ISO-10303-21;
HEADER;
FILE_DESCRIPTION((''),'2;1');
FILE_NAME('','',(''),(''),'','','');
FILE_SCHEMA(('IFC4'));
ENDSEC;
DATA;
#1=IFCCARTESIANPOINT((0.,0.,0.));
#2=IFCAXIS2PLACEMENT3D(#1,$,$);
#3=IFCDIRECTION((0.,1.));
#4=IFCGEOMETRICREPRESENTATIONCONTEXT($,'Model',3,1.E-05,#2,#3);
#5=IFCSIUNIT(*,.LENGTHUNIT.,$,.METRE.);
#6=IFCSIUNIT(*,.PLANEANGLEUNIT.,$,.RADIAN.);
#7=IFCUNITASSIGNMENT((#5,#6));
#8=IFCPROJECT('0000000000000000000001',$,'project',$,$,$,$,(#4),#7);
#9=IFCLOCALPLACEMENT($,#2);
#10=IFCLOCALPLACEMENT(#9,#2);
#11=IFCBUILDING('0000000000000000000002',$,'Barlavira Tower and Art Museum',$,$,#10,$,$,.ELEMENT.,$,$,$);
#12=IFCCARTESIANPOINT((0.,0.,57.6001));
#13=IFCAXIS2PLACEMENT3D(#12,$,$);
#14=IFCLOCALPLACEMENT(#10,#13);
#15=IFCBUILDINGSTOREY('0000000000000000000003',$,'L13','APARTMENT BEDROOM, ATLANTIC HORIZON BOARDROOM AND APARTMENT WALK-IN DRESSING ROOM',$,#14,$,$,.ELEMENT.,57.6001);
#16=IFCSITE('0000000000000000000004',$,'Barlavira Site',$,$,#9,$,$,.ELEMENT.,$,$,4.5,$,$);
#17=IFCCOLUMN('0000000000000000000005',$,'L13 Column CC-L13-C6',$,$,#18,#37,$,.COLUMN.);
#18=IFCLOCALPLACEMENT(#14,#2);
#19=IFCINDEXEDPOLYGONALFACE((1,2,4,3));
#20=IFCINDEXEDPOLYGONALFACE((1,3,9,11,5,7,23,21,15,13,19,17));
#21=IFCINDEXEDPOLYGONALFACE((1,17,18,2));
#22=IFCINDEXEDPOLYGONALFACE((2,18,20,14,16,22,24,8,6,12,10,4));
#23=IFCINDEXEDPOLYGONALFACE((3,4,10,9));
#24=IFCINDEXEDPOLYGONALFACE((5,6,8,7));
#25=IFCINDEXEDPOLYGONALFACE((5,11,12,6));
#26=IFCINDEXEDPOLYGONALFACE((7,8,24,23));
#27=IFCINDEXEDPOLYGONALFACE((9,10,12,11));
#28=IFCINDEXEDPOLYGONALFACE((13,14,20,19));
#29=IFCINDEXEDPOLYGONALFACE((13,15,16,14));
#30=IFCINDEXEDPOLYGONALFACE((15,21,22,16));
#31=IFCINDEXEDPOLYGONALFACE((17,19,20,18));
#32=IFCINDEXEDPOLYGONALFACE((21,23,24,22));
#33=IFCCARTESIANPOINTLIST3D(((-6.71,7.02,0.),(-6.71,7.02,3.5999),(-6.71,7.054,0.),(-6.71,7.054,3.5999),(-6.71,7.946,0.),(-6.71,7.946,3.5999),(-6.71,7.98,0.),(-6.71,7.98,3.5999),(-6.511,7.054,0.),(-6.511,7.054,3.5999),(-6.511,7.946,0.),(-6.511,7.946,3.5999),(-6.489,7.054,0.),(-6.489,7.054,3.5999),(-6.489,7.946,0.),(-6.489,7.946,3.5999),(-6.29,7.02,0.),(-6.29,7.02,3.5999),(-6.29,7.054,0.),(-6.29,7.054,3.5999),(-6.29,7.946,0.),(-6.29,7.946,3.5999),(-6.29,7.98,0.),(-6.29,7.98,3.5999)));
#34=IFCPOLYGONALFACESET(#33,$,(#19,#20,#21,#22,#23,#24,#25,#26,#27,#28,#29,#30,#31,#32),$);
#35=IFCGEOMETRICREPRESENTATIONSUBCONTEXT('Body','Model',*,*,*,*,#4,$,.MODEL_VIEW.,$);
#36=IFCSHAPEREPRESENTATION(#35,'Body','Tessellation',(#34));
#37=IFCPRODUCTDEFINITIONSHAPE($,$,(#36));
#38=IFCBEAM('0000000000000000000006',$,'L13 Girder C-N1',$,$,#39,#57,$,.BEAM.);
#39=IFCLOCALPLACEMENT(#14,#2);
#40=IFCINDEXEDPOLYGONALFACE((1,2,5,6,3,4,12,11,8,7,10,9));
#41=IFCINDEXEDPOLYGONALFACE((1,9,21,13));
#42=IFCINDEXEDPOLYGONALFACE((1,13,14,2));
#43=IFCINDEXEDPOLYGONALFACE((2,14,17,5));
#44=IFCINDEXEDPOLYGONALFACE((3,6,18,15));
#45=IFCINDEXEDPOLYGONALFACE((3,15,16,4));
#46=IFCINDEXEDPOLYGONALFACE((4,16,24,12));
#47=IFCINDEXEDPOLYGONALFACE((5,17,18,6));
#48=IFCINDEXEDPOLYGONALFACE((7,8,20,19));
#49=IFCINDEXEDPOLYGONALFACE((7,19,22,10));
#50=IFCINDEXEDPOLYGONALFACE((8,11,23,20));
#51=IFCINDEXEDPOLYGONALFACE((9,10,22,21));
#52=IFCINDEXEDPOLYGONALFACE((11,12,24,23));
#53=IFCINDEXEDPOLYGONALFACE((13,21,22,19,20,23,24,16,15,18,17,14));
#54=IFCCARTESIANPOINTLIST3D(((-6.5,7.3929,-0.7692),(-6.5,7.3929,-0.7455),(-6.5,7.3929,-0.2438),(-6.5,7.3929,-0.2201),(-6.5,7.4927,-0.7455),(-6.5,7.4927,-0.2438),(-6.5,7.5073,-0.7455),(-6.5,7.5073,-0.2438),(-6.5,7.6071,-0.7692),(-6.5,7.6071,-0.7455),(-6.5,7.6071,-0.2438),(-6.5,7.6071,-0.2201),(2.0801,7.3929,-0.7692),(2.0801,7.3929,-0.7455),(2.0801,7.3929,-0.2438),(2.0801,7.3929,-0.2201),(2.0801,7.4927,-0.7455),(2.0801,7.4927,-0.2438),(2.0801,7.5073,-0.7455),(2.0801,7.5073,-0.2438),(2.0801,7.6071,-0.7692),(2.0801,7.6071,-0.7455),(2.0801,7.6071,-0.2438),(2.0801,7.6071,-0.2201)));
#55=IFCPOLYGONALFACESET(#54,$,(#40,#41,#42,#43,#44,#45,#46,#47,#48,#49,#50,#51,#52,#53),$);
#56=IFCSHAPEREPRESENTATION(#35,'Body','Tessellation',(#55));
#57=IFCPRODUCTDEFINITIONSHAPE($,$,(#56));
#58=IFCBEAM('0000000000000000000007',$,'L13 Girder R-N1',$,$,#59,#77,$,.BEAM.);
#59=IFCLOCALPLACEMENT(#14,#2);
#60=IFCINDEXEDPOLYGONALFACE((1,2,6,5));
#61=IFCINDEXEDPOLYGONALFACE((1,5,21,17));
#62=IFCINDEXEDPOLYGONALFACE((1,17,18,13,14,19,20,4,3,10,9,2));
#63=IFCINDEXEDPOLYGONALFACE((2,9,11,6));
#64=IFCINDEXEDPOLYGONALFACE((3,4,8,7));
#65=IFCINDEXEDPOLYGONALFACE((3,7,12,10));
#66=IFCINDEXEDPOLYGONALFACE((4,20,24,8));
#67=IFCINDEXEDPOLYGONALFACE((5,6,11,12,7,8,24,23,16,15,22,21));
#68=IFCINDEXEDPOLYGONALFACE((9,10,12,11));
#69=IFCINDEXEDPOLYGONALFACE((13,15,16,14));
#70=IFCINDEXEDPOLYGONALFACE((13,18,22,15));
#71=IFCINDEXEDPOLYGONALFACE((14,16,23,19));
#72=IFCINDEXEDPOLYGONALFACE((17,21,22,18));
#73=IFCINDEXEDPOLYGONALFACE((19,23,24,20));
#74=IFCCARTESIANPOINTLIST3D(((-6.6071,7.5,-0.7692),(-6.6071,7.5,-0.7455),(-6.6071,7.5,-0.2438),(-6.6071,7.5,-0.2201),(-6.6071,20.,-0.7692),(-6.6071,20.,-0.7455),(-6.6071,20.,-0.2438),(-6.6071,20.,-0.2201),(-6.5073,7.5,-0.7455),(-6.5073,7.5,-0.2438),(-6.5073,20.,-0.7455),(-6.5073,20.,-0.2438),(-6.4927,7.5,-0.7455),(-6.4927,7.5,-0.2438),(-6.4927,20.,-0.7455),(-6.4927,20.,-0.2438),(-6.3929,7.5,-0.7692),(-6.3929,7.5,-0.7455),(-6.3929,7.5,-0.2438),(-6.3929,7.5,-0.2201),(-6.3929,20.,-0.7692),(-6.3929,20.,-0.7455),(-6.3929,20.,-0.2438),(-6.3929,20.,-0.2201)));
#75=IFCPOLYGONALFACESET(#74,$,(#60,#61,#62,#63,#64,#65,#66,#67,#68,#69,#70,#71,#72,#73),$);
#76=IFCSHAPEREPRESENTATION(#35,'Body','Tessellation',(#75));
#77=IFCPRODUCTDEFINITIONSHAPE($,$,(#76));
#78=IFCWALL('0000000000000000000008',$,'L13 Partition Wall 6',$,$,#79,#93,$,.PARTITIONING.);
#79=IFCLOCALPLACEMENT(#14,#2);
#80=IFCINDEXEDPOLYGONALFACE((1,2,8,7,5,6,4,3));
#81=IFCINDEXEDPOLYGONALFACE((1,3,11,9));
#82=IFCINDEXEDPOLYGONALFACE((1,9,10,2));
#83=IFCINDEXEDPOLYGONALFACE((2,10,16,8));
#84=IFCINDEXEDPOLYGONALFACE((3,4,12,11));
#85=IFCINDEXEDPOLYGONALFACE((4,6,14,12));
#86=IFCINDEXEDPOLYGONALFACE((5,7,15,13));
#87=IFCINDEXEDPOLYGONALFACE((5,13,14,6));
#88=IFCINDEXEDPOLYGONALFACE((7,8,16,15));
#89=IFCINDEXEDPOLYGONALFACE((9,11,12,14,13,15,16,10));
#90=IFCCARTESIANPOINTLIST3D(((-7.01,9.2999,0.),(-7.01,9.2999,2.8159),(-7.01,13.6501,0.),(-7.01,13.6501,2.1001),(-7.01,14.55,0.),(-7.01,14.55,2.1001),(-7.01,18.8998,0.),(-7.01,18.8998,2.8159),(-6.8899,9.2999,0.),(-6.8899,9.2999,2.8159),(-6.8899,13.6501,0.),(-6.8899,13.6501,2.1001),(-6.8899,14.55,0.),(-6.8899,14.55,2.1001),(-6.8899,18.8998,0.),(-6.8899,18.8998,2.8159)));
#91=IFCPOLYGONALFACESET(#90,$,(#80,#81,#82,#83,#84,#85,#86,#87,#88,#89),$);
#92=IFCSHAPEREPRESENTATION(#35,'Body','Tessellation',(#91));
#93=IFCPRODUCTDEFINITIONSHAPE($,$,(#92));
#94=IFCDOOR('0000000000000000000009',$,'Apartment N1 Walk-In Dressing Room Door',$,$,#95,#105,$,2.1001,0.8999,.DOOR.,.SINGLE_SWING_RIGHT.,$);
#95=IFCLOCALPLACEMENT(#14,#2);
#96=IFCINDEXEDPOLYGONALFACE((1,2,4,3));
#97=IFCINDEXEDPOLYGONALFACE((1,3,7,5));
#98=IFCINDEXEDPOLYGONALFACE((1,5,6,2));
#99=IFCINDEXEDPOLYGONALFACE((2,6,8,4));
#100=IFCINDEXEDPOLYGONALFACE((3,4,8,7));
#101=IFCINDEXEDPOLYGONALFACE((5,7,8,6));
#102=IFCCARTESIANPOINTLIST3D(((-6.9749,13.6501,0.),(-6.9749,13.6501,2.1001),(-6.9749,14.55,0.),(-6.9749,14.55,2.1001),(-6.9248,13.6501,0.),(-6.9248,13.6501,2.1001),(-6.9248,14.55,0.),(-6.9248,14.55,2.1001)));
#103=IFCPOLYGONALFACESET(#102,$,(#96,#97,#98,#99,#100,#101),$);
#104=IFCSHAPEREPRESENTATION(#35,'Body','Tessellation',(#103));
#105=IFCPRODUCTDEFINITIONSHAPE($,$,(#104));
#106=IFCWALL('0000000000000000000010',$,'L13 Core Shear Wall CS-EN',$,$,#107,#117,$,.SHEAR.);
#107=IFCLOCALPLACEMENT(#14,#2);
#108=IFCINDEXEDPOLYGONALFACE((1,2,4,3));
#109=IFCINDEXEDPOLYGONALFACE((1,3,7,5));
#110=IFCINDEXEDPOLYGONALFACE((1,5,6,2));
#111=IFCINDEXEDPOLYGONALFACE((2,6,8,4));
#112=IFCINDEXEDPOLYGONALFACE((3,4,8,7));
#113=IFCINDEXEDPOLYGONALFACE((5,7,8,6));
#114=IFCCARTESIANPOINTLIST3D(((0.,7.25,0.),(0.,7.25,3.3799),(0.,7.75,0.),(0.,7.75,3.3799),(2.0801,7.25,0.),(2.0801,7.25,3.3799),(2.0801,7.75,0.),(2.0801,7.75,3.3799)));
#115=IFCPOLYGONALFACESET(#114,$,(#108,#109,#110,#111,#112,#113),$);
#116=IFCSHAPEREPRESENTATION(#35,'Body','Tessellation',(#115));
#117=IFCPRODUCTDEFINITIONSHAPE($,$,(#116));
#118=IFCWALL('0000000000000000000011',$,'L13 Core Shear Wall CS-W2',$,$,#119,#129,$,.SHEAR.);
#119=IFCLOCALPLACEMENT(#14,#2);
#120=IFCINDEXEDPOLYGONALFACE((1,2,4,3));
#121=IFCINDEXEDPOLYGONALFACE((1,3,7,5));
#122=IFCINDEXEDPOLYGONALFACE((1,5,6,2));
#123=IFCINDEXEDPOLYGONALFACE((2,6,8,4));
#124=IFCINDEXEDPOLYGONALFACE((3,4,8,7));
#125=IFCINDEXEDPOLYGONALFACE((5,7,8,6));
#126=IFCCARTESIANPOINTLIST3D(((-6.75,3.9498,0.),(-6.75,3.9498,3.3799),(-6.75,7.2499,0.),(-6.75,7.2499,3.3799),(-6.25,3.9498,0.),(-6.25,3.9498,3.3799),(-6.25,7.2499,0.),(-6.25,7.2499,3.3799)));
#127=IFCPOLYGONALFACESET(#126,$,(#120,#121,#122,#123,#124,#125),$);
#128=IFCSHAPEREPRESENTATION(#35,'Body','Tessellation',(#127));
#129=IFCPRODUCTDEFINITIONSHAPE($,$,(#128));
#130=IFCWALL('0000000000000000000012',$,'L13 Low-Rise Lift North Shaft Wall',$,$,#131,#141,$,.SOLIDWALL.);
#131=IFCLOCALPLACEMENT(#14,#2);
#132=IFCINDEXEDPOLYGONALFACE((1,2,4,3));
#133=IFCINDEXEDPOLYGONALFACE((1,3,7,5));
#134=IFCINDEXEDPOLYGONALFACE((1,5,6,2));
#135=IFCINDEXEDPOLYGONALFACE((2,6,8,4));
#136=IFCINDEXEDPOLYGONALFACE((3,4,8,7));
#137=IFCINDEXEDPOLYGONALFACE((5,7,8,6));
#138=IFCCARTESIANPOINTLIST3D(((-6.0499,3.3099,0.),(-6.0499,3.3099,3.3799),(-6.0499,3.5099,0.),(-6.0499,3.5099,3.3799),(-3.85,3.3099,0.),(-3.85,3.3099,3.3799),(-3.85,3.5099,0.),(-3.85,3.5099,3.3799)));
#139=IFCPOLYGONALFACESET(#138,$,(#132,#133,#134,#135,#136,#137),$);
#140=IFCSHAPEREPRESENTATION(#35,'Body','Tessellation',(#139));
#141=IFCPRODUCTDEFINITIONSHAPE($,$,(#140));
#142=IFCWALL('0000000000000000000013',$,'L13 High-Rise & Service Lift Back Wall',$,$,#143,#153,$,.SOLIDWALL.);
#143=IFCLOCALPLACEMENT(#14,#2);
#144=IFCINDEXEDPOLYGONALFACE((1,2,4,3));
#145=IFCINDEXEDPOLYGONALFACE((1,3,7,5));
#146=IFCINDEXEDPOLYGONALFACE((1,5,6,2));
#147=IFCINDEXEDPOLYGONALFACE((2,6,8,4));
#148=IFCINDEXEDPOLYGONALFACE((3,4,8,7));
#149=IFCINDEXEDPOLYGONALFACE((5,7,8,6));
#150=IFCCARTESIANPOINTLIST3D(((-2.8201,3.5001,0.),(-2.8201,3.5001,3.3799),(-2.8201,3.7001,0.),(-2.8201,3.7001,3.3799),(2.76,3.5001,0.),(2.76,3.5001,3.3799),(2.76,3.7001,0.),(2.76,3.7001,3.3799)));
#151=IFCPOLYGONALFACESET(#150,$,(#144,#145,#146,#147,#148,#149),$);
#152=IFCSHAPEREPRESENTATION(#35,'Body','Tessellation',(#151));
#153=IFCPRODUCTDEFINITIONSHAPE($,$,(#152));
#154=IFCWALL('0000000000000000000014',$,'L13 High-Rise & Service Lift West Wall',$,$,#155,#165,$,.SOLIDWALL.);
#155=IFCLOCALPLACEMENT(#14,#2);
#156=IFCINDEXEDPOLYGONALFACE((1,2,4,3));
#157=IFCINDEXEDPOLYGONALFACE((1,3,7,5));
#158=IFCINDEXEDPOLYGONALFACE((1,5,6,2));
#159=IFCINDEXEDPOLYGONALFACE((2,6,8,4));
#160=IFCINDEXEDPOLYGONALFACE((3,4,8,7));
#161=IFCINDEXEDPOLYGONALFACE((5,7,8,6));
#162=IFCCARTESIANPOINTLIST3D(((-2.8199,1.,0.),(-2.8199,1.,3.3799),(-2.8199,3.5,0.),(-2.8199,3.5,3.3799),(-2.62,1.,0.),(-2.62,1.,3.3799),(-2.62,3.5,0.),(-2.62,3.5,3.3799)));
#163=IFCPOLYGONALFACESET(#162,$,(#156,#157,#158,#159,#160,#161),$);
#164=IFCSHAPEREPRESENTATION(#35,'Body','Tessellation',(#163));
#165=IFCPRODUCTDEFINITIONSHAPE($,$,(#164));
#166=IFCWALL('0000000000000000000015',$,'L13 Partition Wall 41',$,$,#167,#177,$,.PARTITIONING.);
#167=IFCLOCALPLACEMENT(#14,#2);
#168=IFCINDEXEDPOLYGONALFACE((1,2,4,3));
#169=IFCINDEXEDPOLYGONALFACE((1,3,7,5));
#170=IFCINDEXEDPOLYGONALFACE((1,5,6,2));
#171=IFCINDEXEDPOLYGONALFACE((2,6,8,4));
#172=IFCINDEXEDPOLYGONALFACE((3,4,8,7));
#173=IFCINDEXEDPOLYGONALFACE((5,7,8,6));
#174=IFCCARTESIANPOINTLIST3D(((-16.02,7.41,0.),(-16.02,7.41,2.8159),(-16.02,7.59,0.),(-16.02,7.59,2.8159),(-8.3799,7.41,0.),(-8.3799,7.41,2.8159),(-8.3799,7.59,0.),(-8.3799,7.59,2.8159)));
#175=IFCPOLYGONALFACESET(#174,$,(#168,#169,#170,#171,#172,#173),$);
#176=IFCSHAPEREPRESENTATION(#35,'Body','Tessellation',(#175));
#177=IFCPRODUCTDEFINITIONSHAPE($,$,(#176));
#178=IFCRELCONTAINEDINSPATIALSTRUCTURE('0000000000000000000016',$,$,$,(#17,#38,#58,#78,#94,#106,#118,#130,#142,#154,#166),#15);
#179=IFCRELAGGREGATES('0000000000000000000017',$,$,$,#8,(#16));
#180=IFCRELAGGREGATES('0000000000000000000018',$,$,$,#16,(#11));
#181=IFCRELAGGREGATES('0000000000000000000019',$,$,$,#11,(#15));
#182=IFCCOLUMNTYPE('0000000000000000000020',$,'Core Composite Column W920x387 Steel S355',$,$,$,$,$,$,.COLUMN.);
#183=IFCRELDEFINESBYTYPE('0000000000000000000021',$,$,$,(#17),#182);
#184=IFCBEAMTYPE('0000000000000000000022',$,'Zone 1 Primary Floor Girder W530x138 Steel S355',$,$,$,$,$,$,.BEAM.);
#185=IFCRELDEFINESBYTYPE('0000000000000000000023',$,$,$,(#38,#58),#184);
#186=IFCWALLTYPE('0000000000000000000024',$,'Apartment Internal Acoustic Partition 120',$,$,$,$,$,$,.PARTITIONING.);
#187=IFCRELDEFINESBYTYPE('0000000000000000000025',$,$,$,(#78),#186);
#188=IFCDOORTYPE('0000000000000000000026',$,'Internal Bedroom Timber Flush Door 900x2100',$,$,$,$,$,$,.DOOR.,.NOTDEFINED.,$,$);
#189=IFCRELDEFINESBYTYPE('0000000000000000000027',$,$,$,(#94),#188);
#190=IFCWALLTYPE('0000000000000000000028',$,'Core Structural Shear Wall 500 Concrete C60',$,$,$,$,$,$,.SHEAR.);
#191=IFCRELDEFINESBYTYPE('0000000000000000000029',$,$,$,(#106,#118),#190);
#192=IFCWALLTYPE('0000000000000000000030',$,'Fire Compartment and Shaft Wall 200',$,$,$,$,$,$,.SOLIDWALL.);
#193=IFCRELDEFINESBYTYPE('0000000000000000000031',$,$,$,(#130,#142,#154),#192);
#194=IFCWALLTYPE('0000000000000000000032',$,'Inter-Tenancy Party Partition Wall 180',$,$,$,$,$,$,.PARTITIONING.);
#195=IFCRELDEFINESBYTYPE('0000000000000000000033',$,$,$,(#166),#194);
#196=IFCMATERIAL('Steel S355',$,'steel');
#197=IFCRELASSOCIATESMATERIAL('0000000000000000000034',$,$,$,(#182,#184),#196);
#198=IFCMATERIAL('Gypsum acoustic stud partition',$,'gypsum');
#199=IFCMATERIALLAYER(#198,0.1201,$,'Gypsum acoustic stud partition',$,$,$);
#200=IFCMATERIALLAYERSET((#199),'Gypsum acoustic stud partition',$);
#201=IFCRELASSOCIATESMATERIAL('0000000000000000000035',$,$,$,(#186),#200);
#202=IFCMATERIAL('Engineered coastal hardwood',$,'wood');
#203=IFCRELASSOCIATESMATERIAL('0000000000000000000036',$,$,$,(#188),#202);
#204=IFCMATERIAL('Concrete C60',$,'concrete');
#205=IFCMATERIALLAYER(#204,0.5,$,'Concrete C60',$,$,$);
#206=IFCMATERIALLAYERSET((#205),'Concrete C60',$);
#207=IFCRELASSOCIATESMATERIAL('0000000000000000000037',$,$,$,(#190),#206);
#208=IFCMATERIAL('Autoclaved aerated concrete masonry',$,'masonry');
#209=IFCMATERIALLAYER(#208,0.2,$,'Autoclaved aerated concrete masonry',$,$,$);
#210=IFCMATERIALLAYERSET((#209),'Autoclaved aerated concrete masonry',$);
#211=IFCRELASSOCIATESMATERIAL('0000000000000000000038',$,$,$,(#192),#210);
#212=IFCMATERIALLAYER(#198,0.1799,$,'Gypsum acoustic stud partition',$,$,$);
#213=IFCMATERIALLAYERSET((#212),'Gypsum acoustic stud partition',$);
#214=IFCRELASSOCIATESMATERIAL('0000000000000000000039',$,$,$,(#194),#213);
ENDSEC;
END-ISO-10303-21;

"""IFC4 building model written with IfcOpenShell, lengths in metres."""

from ifc_helpers import new_model, si_unit, direction, frame, frame_2d, origin, origin_2d, place, context, subcontext, project, spatial, rectangle, i_section, extrude, material, layer, layer_set, material_profile, profile_set, type_object, element, fill, save


model = new_model("IFC4")

# Units and contexts
model_context = context("Model", 3, precision=1e-05, world=origin(), true_north=direction((0.0, 1.0)))
body_context = subcontext(model_context, "Body", "Model", "MODEL_VIEW")
ifc_project = project(units=[si_unit("LENGTHUNIT", "METRE"), si_unit("PLANEANGLEUNIT", "RADIAN")], contexts=[model_context])

# Site, building, storey
site_placement = place(None, origin())
site = spatial("IfcSite", under=ifc_project, at=site_placement, Name="Barlavira Site", CompositionType="ELEMENT", RefElevation=4.5)
building_placement = place(site_placement, origin())
building = spatial("IfcBuilding", under=site, at=building_placement, Name="Barlavira Tower and Art Museum", CompositionType="ELEMENT")
storey_placement = place(building_placement, frame((0.0, 0.0, 57.6001)))
storey = spatial("IfcBuildingStorey", under=building, at=storey_placement, Name="L13", Description="APARTMENT BEDROOM, ATLANTIC HORIZON BOARDROOM AND APARTMENT WALK-IN DRESSING ROOM", CompositionType="ELEMENT", Elevation=57.6001)

# Column
ifc_material_1 = material(Name="Steel S355", Category="steel")
ifc_material_profile_1 = material_profile(ifc_material_1, i_section(OverallWidth=0.4199, OverallDepth=0.96, WebThickness=0.022, FlangeThickness=0.0339, at=origin_2d()), Name="W920x387.0")
ifc_profile_set_1 = profile_set([ifc_material_profile_1], Name="Steel S355")
column_type = type_object("IfcColumnType", Name="Core Composite Column W920x387 Steel S355", PredefinedType="COLUMN", material=ifc_profile_set_1)
column_placement = place(storey_placement, frame((-6.5, 7.5, 0.0), z_axis=(0.0, 0.0, 1.0), x_axis=(1.0, 0.0, 0.0)))
element("IfcColumn", 1, at=column_placement, inside=storey, type_object=column_type, Name="L13 Column CC-L13-C6", PredefinedType="COLUMN", context=body_context, shape_type="SweptSolid", body=[
    extrude(i_section(OverallWidth=0.4199, OverallDepth=0.96, WebThickness=0.022, FlangeThickness=0.0339, at=origin_2d()), origin(), (0.0, 0.0, 1.0), 3.5999),
])

# Beams
ifc_material_profile_2 = material_profile(ifc_material_1, i_section(OverallWidth=0.2141, OverallDepth=0.5491, WebThickness=0.0146, FlangeThickness=0.0237, at=origin_2d()), Name="W530x138.0")
ifc_profile_set_2 = profile_set([ifc_material_profile_2], Name="Steel S355")
beam_type = type_object("IfcBeamType", Name="Zone 1 Primary Floor Girder W530x138 Steel S355", PredefinedType="BEAM", material=ifc_profile_set_2)
beam_1_placement = place(storey_placement, frame((-6.5, 7.5, -0.4946), z_axis=(1.0, 0.0, 0.0), x_axis=(0.0, 1.0, 0.0)))
element("IfcBeam", 2, at=beam_1_placement, inside=storey, type_object=beam_type, Name="L13 Girder C-N1", PredefinedType="BEAM", context=body_context, shape_type="SweptSolid", body=[
    extrude(i_section(OverallWidth=0.2141, OverallDepth=0.5491, WebThickness=0.0146, FlangeThickness=0.0237, at=origin_2d()), origin(), (0.0, 0.0, 1.0), 8.5801),
])
beam_2_placement = place(storey_placement, frame((-6.5, 7.5, -0.4946), z_axis=(0.0, 1.0, 0.0), x_axis=(-1.0, 0.0, 0.0)))
element("IfcBeam", 3, at=beam_2_placement, inside=storey, type_object=beam_type, Name="L13 Girder R-N1", PredefinedType="BEAM", context=body_context, shape_type="SweptSolid", body=[
    extrude(i_section(OverallWidth=0.2141, OverallDepth=0.5491, WebThickness=0.0146, FlangeThickness=0.0237, at=origin_2d()), origin(), (0.0, 0.0, 1.0), 12.5),
])

# Wall, opening, door
ifc_material_2 = material(Name="Gypsum acoustic stud partition", Category="gypsum")
ifc_layer_1 = layer(ifc_material_2, 0.1201, Name="Gypsum acoustic stud partition")
ifc_layer_set_1 = layer_set([ifc_layer_1], Name="Gypsum acoustic stud partition")
wall_type_1 = type_object("IfcWallType", Name="Apartment Internal Acoustic Partition 120", PredefinedType="PARTITIONING", material=ifc_layer_set_1)
wall_1_placement = place(storey_placement, frame((-6.95, 9.3, 0.0), z_axis=(0.0, 0.0, 1.0), x_axis=(0.0, 1.0, 0.0)))
wall_1 = element("IfcWall", 4, at=wall_1_placement, inside=storey, type_object=wall_type_1, Name="L13 Partition Wall 6", PredefinedType="PARTITIONING", context=body_context, shape_type="SweptSolid", body=[
    extrude(rectangle(XDim=9.5999, YDim=0.1201, at=frame_2d((4.7998, 0.0))), origin(), (0.0, 0.0, 1.0), 2.8159),
])
opening_1_placement = place(wall_1_placement, frame((4.3501, 0.0, 0.0)))
opening_1 = element("IfcOpeningElement", 5, at=opening_1_placement, cuts=wall_1, PredefinedType="OPENING", context=body_context, shape_type="SweptSolid", body=[
    extrude(rectangle(XDim=0.8999, YDim=2.1001, at=frame_2d((0.45, 1.05))), frame((0.0, 0.0701, 0.0), z_axis=(0.0, -1.0, 0.0), x_axis=(1.0, 0.0, 0.0)), (0.0, 0.0, 1.0), 0.1401),
])
ifc_material_3 = material(Name="Engineered coastal hardwood", Category="wood")
door_type_1 = type_object("IfcDoorType", Name="Internal Bedroom Timber Flush Door 900x2100", OperationType="NOTDEFINED", PredefinedType="DOOR", material=ifc_material_3)
door_1_placement = place(opening_1_placement, origin())
door_1 = element("IfcDoor", 6, at=door_1_placement, inside=storey, type_object=door_type_1, Name="Apartment N1 Walk-In Dressing Room Door", OperationType="SINGLE_SWING_RIGHT", OverallHeight=2.1001, OverallWidth=0.8999, PredefinedType="DOOR", context=body_context, shape_type="SweptSolid", body=[
    extrude(rectangle(XDim=0.8999, YDim=2.1001, at=frame_2d((0.45, 1.05))), frame((0.0, 0.0249, 0.0), z_axis=(0.0, -1.0, 0.0), x_axis=(1.0, 0.0, 0.0)), (0.0, 0.0, 1.0), 0.05),
])
fill(opening_1, door_1)
ifc_material_4 = material(Name="Concrete C60", Category="concrete")
ifc_layer_2 = layer(ifc_material_4, 0.5, Name="Concrete C60")
ifc_layer_set_2 = layer_set([ifc_layer_2], Name="Concrete C60")
wall_type_2 = type_object("IfcWallType", Name="Core Structural Shear Wall 500 Concrete C60", PredefinedType="SHEAR", material=ifc_layer_set_2)

# Walls
wall_2_placement = place(storey_placement, frame((0.0, 7.5, 0.0), z_axis=(0.0, 0.0, 1.0), x_axis=(1.0, 0.0, 0.0)))
element("IfcWall", 7, at=wall_2_placement, inside=storey, type_object=wall_type_2, Name="L13 Core Shear Wall CS-EN", PredefinedType="SHEAR", context=body_context, shape_type="SweptSolid", body=[
    extrude(rectangle(XDim=2.0801, YDim=0.5, at=frame_2d((1.04, 0.0))), origin(), (0.0, 0.0, 1.0), 3.3799),
])
wall_3_placement = place(storey_placement, frame((-6.5, 3.95, 0.0), z_axis=(0.0, 0.0, 1.0), x_axis=(0.0, 1.0, 0.0)))
element("IfcWall", 8, at=wall_3_placement, inside=storey, type_object=wall_type_2, Name="L13 Core Shear Wall CS-W2", PredefinedType="SHEAR", context=body_context, shape_type="SweptSolid", body=[
    extrude(rectangle(XDim=3.3, YDim=0.5, at=frame_2d((1.6499, 0.0))), origin(), (0.0, 0.0, 1.0), 3.3799),
])
ifc_material_5 = material(Name="Autoclaved aerated concrete masonry", Category="masonry")
ifc_layer_3 = layer(ifc_material_5, 0.2, Name="Autoclaved aerated concrete masonry")
ifc_layer_set_3 = layer_set([ifc_layer_3], Name="Autoclaved aerated concrete masonry")
wall_type_3 = type_object("IfcWallType", Name="Fire Compartment and Shaft Wall 200", PredefinedType="SOLIDWALL", material=ifc_layer_set_3)
wall_4_placement = place(storey_placement, frame((-6.05, 3.4099, 0.0), z_axis=(0.0, 0.0, 1.0), x_axis=(1.0, 0.0, 0.0)))
element("IfcWall", 9, at=wall_4_placement, inside=storey, type_object=wall_type_3, Name="L13 Low-Rise Lift North Shaft Wall", PredefinedType="SOLIDWALL", context=body_context, shape_type="SweptSolid", body=[
    extrude(rectangle(XDim=2.2, YDim=0.2, at=frame_2d((1.1001, 0.0))), origin(), (0.0, 0.0, 1.0), 3.3799),
])
wall_5_placement = place(storey_placement, frame((-2.8201, 3.6001, 0.0), z_axis=(0.0, 0.0, 1.0), x_axis=(1.0, 0.0, 0.0)))
element("IfcWall", 10, at=wall_5_placement, inside=storey, type_object=wall_type_3, Name="L13 High-Rise & Service Lift Back Wall", PredefinedType="SOLIDWALL", context=body_context, shape_type="SweptSolid", body=[
    extrude(rectangle(XDim=5.5801, YDim=0.2, at=frame_2d((2.79, 0.0))), origin(), (0.0, 0.0, 1.0), 3.3799),
])
wall_6_placement = place(storey_placement, frame((-2.72, 1.0, 0.0), z_axis=(0.0, 0.0, 1.0), x_axis=(0.0, 1.0, 0.0)))
element("IfcWall", 11, at=wall_6_placement, inside=storey, type_object=wall_type_3, Name="L13 High-Rise & Service Lift West Wall", PredefinedType="SOLIDWALL", context=body_context, shape_type="SweptSolid", body=[
    extrude(rectangle(XDim=2.5, YDim=0.2, at=frame_2d((1.25, 0.0))), origin(), (0.0, 0.0, 1.0), 3.3799),
])
ifc_layer_4 = layer(ifc_material_2, 0.1799, Name="Gypsum acoustic stud partition")
ifc_layer_set_4 = layer_set([ifc_layer_4], Name="Gypsum acoustic stud partition")
wall_type_4 = type_object("IfcWallType", Name="Inter-Tenancy Party Partition Wall 180", PredefinedType="PARTITIONING", material=ifc_layer_set_4)
wall_7_placement = place(storey_placement, frame((-16.02, 7.5, 0.0), z_axis=(0.0, 0.0, 1.0), x_axis=(1.0, 0.0, 0.0)))
element("IfcWall", 12, at=wall_7_placement, inside=storey, type_object=wall_type_4, Name="L13 Partition Wall 41", PredefinedType="PARTITIONING", context=body_context, shape_type="SweptSolid", body=[
    extrude(rectangle(XDim=7.6401, YDim=0.1799, at=frame_2d((3.8201, 0.0))), origin(), (0.0, 0.0, 1.0), 2.8159),
])

save(model, "model.ifc")
